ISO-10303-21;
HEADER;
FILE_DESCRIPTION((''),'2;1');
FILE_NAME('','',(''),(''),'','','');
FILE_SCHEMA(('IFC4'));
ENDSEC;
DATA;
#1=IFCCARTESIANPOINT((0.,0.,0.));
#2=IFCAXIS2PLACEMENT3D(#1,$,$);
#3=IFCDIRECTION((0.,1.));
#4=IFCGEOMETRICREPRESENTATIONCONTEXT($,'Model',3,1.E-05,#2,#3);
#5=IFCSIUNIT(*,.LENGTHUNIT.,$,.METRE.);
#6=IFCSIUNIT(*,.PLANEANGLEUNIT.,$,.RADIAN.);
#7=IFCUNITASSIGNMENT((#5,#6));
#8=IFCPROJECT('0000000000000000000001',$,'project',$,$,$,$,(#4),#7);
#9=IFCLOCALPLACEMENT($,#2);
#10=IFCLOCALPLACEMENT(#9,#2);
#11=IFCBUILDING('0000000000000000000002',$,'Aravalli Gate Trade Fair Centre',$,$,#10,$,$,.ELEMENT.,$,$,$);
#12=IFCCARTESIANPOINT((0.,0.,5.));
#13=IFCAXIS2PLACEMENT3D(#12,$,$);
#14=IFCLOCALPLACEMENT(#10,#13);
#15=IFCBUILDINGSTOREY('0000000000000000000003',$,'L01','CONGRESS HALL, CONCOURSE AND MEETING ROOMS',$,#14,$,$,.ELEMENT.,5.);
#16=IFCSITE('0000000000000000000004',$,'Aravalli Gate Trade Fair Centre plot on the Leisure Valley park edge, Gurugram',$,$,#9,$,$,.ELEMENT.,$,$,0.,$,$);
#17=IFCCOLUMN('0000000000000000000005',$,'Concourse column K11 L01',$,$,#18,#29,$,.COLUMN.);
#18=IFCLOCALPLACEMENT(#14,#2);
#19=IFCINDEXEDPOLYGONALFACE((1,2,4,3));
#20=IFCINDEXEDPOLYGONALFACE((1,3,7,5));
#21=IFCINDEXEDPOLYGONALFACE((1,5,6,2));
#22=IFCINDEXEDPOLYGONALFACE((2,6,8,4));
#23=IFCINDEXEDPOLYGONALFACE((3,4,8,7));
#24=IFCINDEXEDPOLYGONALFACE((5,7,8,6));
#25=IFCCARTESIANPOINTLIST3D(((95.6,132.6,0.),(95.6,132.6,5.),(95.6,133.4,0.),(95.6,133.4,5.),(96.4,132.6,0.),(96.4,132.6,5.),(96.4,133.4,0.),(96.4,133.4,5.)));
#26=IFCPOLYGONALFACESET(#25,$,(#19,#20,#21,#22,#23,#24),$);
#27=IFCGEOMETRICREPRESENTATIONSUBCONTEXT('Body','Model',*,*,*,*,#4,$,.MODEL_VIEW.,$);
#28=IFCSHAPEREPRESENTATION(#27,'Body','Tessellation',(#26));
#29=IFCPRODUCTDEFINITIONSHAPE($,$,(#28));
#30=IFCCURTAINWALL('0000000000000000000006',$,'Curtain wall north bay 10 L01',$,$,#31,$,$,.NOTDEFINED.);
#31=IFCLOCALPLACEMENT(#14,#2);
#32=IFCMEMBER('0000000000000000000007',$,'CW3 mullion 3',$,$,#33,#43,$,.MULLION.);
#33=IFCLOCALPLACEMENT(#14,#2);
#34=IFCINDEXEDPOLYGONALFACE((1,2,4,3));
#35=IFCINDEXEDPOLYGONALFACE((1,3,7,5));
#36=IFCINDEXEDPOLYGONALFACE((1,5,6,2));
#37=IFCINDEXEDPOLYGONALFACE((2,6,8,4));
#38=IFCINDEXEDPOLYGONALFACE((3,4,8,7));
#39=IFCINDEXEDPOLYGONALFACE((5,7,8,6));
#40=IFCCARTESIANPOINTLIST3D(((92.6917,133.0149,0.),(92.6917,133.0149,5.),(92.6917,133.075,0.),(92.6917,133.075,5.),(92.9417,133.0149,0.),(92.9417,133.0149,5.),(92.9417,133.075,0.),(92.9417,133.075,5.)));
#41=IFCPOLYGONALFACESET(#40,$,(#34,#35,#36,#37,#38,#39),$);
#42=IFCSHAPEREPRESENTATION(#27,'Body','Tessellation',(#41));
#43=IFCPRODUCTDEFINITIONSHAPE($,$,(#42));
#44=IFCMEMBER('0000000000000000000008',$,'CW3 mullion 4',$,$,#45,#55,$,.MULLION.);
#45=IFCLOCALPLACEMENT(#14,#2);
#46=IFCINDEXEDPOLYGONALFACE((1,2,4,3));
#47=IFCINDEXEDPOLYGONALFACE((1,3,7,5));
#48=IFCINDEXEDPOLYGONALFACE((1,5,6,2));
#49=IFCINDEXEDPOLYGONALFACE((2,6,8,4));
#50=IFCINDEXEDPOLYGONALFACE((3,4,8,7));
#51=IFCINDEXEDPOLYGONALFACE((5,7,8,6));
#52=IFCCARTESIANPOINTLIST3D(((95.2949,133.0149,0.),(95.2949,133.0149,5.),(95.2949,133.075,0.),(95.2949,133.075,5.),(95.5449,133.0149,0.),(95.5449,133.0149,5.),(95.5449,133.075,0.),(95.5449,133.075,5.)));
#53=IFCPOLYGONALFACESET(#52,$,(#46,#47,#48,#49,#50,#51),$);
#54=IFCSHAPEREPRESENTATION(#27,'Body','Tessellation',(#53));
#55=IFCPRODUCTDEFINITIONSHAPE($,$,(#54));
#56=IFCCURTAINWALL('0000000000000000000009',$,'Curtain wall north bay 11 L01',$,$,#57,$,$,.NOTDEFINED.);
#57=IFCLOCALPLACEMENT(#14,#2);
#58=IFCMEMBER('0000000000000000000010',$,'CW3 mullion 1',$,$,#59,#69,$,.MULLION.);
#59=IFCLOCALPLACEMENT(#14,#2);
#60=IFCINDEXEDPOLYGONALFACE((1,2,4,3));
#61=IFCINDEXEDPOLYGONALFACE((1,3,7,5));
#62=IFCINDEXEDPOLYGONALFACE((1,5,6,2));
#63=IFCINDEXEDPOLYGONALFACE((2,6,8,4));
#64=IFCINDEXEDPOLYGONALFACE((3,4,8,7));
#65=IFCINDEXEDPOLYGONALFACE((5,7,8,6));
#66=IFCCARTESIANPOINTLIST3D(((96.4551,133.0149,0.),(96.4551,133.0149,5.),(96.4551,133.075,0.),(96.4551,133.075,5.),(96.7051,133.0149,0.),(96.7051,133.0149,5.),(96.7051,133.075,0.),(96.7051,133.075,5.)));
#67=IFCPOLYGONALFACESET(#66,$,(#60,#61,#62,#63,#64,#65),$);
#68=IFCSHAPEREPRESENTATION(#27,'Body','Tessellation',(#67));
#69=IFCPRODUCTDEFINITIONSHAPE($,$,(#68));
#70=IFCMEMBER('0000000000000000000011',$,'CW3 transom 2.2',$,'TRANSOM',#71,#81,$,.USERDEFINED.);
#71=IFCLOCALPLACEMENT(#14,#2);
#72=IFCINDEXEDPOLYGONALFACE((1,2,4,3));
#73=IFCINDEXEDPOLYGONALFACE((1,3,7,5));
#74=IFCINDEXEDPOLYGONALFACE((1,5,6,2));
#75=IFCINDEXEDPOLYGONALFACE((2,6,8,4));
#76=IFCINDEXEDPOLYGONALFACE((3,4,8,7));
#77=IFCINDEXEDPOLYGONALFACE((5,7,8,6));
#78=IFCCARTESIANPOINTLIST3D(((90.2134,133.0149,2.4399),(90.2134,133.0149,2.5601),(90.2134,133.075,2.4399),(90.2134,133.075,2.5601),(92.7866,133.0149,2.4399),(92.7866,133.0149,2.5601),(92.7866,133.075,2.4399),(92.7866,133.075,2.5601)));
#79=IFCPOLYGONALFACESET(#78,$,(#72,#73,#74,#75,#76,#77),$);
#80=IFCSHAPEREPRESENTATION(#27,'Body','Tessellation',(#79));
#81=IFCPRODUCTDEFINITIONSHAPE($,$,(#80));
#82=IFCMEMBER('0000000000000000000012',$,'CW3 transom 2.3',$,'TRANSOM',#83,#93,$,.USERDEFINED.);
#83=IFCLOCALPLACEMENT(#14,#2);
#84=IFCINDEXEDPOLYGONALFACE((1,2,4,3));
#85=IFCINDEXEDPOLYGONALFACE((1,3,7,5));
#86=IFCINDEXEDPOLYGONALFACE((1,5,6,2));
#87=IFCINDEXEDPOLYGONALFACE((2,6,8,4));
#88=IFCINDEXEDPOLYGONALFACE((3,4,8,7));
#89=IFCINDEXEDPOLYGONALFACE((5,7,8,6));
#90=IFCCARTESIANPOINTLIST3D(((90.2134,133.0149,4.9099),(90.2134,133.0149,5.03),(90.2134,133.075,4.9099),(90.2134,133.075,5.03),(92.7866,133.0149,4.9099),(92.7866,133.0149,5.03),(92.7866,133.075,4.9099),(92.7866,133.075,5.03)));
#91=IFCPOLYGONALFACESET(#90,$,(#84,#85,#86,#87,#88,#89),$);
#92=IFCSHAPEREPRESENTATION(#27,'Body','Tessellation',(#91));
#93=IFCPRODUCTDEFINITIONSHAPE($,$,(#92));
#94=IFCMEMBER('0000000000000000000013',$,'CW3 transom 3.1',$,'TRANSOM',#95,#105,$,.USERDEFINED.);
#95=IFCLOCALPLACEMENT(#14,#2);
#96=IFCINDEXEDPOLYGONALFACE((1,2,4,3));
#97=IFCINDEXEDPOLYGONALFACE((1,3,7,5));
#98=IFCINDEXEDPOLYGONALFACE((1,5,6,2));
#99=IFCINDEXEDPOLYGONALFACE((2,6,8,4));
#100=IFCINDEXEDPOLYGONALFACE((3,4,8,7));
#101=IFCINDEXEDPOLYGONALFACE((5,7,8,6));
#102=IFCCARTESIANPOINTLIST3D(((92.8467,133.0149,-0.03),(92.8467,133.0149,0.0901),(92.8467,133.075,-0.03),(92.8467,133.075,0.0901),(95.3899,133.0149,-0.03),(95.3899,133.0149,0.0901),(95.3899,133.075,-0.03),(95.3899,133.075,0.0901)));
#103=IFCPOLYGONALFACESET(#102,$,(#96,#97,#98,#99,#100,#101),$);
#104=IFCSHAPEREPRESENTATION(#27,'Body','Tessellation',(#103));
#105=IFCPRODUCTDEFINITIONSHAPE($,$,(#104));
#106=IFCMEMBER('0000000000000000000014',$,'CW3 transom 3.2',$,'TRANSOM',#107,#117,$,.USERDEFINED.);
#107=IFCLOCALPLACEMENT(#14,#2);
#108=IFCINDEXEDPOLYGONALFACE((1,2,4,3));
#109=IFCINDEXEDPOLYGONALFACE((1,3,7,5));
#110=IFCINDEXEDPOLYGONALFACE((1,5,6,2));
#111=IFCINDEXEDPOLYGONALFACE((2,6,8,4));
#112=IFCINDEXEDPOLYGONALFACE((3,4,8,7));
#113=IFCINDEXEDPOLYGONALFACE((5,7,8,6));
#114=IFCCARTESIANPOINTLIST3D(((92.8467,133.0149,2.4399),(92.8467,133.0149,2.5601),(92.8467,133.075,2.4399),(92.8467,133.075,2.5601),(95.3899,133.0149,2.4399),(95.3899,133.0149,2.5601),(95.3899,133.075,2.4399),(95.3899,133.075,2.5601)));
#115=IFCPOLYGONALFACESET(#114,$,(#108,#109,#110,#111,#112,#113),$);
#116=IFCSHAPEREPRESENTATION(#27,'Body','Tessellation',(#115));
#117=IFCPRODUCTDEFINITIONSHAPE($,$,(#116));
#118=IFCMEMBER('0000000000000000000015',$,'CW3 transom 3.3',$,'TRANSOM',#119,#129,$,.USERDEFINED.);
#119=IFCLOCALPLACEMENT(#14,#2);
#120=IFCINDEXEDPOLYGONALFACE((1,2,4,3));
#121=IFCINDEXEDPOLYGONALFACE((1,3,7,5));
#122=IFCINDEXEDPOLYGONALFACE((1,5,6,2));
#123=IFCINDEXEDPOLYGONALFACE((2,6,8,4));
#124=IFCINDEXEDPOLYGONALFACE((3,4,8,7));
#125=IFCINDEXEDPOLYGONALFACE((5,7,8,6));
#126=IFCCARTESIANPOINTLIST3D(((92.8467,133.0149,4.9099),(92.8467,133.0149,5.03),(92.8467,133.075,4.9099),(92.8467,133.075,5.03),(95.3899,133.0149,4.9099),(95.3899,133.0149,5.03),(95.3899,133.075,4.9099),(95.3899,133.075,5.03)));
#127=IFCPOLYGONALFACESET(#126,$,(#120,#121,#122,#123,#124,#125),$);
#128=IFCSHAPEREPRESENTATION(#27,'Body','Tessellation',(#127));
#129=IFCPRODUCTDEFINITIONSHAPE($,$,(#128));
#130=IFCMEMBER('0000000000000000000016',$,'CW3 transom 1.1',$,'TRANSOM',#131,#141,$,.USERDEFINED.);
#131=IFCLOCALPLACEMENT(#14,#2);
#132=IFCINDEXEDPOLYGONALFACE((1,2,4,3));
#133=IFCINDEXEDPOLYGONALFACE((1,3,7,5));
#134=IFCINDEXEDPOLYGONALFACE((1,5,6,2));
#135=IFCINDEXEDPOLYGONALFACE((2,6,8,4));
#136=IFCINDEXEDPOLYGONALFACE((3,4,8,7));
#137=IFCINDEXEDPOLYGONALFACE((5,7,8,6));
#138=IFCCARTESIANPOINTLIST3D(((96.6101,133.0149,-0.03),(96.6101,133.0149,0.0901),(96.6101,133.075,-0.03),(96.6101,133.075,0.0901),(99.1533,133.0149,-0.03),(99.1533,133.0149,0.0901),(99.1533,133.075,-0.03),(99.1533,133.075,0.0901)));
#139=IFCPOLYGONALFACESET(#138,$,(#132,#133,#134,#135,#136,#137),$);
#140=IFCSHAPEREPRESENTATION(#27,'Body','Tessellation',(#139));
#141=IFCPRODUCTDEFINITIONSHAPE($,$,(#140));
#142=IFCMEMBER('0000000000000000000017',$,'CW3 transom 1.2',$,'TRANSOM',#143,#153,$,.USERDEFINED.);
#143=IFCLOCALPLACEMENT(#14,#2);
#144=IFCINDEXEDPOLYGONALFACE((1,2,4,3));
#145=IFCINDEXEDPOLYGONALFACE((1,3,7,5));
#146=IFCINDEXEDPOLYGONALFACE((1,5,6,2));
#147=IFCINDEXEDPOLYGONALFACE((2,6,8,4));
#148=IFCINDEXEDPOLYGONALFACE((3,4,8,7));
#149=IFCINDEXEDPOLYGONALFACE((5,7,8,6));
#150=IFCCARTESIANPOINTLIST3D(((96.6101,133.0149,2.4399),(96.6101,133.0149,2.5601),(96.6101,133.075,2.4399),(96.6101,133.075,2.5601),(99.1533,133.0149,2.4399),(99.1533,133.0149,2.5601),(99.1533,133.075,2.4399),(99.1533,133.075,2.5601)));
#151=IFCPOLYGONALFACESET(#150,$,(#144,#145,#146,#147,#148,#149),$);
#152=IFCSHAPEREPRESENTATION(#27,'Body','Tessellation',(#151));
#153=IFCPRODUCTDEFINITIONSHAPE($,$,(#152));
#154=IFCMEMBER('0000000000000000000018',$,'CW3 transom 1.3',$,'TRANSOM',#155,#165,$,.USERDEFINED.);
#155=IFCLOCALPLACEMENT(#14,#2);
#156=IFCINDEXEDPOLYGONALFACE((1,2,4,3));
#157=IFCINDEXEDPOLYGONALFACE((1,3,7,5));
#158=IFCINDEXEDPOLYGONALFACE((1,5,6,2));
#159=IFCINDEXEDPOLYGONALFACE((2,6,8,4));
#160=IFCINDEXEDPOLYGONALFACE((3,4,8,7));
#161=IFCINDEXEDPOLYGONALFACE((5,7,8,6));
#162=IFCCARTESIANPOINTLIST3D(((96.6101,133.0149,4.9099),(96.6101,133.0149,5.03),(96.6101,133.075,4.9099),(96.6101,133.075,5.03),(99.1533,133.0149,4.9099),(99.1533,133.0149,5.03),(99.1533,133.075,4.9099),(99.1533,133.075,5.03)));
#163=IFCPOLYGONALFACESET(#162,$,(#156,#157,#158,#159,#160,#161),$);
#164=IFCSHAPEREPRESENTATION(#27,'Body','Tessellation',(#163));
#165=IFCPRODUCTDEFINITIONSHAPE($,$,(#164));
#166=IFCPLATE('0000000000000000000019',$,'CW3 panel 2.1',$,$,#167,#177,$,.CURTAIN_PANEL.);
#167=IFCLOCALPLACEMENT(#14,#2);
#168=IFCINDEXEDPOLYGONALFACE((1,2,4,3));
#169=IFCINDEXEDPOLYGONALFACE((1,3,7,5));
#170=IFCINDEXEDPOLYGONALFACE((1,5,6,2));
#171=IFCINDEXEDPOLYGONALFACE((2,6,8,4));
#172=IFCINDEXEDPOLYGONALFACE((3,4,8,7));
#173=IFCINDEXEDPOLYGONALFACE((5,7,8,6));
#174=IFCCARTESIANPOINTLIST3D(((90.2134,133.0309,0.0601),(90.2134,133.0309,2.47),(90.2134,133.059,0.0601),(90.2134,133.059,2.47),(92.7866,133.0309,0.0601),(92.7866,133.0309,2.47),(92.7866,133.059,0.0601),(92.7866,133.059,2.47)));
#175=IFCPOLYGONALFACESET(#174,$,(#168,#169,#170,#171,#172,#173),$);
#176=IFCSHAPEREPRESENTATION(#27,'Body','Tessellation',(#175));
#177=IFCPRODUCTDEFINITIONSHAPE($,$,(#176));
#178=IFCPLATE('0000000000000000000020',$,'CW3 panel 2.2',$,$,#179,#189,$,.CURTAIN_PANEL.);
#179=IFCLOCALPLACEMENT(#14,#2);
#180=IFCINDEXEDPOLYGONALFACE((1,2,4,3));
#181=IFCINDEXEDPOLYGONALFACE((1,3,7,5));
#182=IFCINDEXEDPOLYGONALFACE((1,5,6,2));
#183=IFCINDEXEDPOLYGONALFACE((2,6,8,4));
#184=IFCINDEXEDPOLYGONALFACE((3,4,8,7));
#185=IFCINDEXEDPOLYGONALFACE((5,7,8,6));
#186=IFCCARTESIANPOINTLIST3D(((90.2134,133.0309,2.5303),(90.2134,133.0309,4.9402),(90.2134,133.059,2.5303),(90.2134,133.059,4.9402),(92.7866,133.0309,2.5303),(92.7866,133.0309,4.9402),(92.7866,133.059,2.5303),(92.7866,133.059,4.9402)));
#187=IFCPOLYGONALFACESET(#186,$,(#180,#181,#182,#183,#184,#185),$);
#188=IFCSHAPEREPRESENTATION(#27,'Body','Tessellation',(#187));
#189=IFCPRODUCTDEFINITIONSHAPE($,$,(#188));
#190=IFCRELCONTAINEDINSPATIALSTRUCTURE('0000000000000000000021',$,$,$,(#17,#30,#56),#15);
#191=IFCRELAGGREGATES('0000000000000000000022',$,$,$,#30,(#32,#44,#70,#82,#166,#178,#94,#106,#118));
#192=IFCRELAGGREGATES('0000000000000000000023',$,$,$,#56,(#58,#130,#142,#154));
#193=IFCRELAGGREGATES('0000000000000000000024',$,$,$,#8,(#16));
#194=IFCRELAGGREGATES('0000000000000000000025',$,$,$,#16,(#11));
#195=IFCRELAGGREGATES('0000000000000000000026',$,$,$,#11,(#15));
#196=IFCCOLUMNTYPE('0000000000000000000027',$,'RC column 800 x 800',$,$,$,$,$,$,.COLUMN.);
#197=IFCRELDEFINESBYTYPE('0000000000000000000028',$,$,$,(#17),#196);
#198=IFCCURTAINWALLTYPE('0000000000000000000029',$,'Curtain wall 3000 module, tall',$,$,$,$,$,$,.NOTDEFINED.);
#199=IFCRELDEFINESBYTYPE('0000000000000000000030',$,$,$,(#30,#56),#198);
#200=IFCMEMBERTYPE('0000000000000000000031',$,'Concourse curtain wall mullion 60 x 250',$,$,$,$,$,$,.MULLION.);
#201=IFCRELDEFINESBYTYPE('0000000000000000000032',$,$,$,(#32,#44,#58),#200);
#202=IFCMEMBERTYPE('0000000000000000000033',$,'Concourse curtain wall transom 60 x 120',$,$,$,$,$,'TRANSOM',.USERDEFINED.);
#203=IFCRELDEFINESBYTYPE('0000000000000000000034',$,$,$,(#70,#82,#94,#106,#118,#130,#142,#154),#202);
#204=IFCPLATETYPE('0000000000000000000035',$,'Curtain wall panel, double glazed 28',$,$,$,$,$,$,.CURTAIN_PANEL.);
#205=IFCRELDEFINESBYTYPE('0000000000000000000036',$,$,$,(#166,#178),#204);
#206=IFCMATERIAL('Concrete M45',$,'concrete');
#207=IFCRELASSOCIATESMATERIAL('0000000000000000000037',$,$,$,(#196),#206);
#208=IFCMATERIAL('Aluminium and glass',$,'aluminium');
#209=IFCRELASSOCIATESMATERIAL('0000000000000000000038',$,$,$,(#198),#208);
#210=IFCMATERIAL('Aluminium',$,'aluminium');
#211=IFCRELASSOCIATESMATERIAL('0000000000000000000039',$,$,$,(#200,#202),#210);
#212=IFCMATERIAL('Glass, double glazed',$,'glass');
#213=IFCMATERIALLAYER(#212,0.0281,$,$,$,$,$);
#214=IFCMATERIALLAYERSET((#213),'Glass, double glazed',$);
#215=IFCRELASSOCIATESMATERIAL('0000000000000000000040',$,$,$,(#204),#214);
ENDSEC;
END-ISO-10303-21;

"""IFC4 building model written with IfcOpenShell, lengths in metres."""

from ifc_helpers import new_model, si_unit, direction, frame, origin, origin_2d, place, context, subcontext, project, spatial, rectangle, extrude, material, layer, layer_set, material_profile, profile_set, type_object, element, aggregate, save


model = new_model("IFC4")

# Units and contexts
model_context = context("Model", 3, precision=1e-05, world=origin(), true_north=direction((0.0, 1.0)))
body_context = subcontext(model_context, "Body", "Model", "MODEL_VIEW")
ifc_project = project(units=[si_unit("LENGTHUNIT", "METRE"), si_unit("PLANEANGLEUNIT", "RADIAN")], contexts=[model_context])

# Site, building, storey
site_placement = place(None, origin())
site = spatial("IfcSite", under=ifc_project, at=site_placement, Name="Aravalli Gate Trade Fair Centre plot on the Leisure Valley park edge, Gurugram", CompositionType="ELEMENT", RefElevation=0.0)
building_placement = place(site_placement, origin())
building = spatial("IfcBuilding", under=site, at=building_placement, Name="Aravalli Gate Trade Fair Centre", CompositionType="ELEMENT")
storey_placement = place(building_placement, frame((0.0, 0.0, 5.0)))
storey = spatial("IfcBuildingStorey", under=building, at=storey_placement, Name="L01", Description="CONGRESS HALL, CONCOURSE AND MEETING ROOMS", CompositionType="ELEMENT", Elevation=5.0)

# Column
ifc_material_1 = material(Name="Concrete M45", Category="concrete")
ifc_material_profile_1 = material_profile(ifc_material_1, rectangle(XDim=0.8, YDim=0.8, at=origin_2d()), Name="RC column 800 x 800")
ifc_profile_set_1 = profile_set([ifc_material_profile_1], Name="Concrete M45")
column_type = type_object("IfcColumnType", Name="RC column 800 x 800", PredefinedType="COLUMN", material=ifc_profile_set_1)
column_placement = place(storey_placement, frame((96.0, 133.0, 0.0), z_axis=(0.0, 0.0, 1.0), x_axis=(1.0, 0.0, 0.0)))
element("IfcColumn", 1, at=column_placement, inside=storey, type_object=column_type, Name="Concourse column K11 L01", PredefinedType="COLUMN", context=body_context, shape_type="SweptSolid", body=[
    extrude(rectangle(XDim=0.8, YDim=0.8, at=origin_2d()), origin(), (0.0, 0.0, 1.0), 5.0),
])

# Curtain wall, members
ifc_material_2 = material(Name="Aluminium and glass", Category="aluminium")
curtain_wall_type = type_object("IfcCurtainWallType", Name="Curtain wall 3000 module, tall", PredefinedType="NOTDEFINED", material=ifc_material_2)
curtain_wall_1_placement = place(storey_placement, origin())
curtain_wall_1 = element("IfcCurtainWall", 2, at=curtain_wall_1_placement, inside=storey, type_object=curtain_wall_type, Name="Curtain wall north bay 10 L01", PredefinedType="NOTDEFINED")
ifc_material_3 = material(Name="Aluminium", Category="aluminium")
ifc_material_profile_2 = material_profile(ifc_material_3, rectangle(XDim=0.0601, YDim=0.25, at=origin_2d()), Name="Concourse curtain wall mullion 60 x 250")
ifc_profile_set_2 = profile_set([ifc_material_profile_2], Name="Aluminium")
member_type_1 = type_object("IfcMemberType", Name="Concourse curtain wall mullion 60 x 250", PredefinedType="MULLION", material=ifc_profile_set_2)
member_1_placement = place(storey_placement, frame((92.8167, 133.0449, 0.0), z_axis=(0.0, 0.0, 1.0), x_axis=(0.0, 1.0, 0.0)))
member_1 = element("IfcMember", 3, at=member_1_placement, type_object=member_type_1, Name="CW3 mullion 3", PredefinedType="MULLION", context=body_context, shape_type="SweptSolid", body=[
    extrude(rectangle(XDim=0.0601, YDim=0.25, at=origin_2d()), origin(), (0.0, 0.0, 1.0), 5.0),
])
member_2_placement = place(storey_placement, frame((95.4199, 133.0449, 0.0), z_axis=(0.0, 0.0, 1.0), x_axis=(0.0, 1.0, 0.0)))
member_2 = element("IfcMember", 4, at=member_2_placement, type_object=member_type_1, Name="CW3 mullion 4", PredefinedType="MULLION", context=body_context, shape_type="SweptSolid", body=[
    extrude(rectangle(XDim=0.0601, YDim=0.25, at=origin_2d()), origin(), (0.0, 0.0, 1.0), 5.0),
])

# Curtain wall, member
curtain_wall_2_placement = place(storey_placement, origin())
curtain_wall_2 = element("IfcCurtainWall", 5, at=curtain_wall_2_placement, inside=storey, type_object=curtain_wall_type, Name="Curtain wall north bay 11 L01", PredefinedType="NOTDEFINED")
member_3_placement = place(storey_placement, frame((96.5801, 133.0449, 0.0), z_axis=(0.0, 0.0, 1.0), x_axis=(0.0, 1.0, 0.0)))
member_3 = element("IfcMember", 6, at=member_3_placement, type_object=member_type_1, Name="CW3 mullion 1", PredefinedType="MULLION", context=body_context, shape_type="SweptSolid", body=[
    extrude(rectangle(XDim=0.0601, YDim=0.25, at=origin_2d()), origin(), (0.0, 0.0, 1.0), 5.0),
])

# Members
ifc_material_profile_3 = material_profile(ifc_material_3, rectangle(XDim=0.0601, YDim=0.1201, at=origin_2d()), Name="Concourse curtain wall transom 60 x 120")
ifc_profile_set_3 = profile_set([ifc_material_profile_3], Name="Aluminium")
member_type_2 = type_object("IfcMemberType", Name="Concourse curtain wall transom 60 x 120", ElementType="TRANSOM", PredefinedType="USERDEFINED", material=ifc_profile_set_3)
member_4_placement = place(storey_placement, frame((90.2134, 133.0449, 2.5), z_axis=(1.0, 0.0, 0.0), x_axis=(0.0, 1.0, 0.0)))
member_4 = element("IfcMember", 7, at=member_4_placement, type_object=member_type_2, Name="CW3 transom 2.2", ObjectType="TRANSOM", PredefinedType="USERDEFINED", context=body_context, shape_type="SweptSolid", body=[
    extrude(rectangle(XDim=0.0601, YDim=0.1201, at=origin_2d()), origin(), (0.0, 0.0, 1.0), 2.5732),
])
member_5_placement = place(storey_placement, frame((90.2134, 133.0449, 4.97), z_axis=(1.0, 0.0, 0.0), x_axis=(0.0, 1.0, 0.0)))
member_5 = element("IfcMember", 8, at=member_5_placement, type_object=member_type_2, Name="CW3 transom 2.3", ObjectType="TRANSOM", PredefinedType="USERDEFINED", context=body_context, shape_type="SweptSolid", body=[
    extrude(rectangle(XDim=0.0601, YDim=0.1201, at=origin_2d()), origin(), (0.0, 0.0, 1.0), 2.5732),
])
member_6_placement = place(storey_placement, frame((92.8467, 133.0449, 0.03), z_axis=(1.0, 0.0, 0.0), x_axis=(0.0, 1.0, 0.0)))
member_6 = element("IfcMember", 9, at=member_6_placement, type_object=member_type_2, Name="CW3 transom 3.1", ObjectType="TRANSOM", PredefinedType="USERDEFINED", context=body_context, shape_type="SweptSolid", body=[
    extrude(rectangle(XDim=0.0601, YDim=0.1201, at=origin_2d()), origin(), (0.0, 0.0, 1.0), 2.5432),
])
member_7_placement = place(storey_placement, frame((92.8467, 133.0449, 2.5), z_axis=(1.0, 0.0, 0.0), x_axis=(0.0, 1.0, 0.0)))
member_7 = element("IfcMember", 10, at=member_7_placement, type_object=member_type_2, Name="CW3 transom 3.2", ObjectType="TRANSOM", PredefinedType="USERDEFINED", context=body_context, shape_type="SweptSolid", body=[
    extrude(rectangle(XDim=0.0601, YDim=0.1201, at=origin_2d()), origin(), (0.0, 0.0, 1.0), 2.5432),
])
member_8_placement = place(storey_placement, frame((92.8467, 133.0449, 4.97), z_axis=(1.0, 0.0, 0.0), x_axis=(0.0, 1.0, 0.0)))
member_8 = element("IfcMember", 11, at=member_8_placement, type_object=member_type_2, Name="CW3 transom 3.3", ObjectType="TRANSOM", PredefinedType="USERDEFINED", context=body_context, shape_type="SweptSolid", body=[
    extrude(rectangle(XDim=0.0601, YDim=0.1201, at=origin_2d()), origin(), (0.0, 0.0, 1.0), 2.5432),
])
member_9_placement = place(storey_placement, frame((96.6101, 133.0449, 0.03), z_axis=(1.0, 0.0, 0.0), x_axis=(0.0, 1.0, 0.0)))
member_9 = element("IfcMember", 12, at=member_9_placement, type_object=member_type_2, Name="CW3 transom 1.1", ObjectType="TRANSOM", PredefinedType="USERDEFINED", context=body_context, shape_type="SweptSolid", body=[
    extrude(rectangle(XDim=0.0601, YDim=0.1201, at=origin_2d()), origin(), (0.0, 0.0, 1.0), 2.5432),
])
member_10_placement = place(storey_placement, frame((96.6101, 133.0449, 2.5), z_axis=(1.0, 0.0, 0.0), x_axis=(0.0, 1.0, 0.0)))
member_10 = element("IfcMember", 13, at=member_10_placement, type_object=member_type_2, Name="CW3 transom 1.2", ObjectType="TRANSOM", PredefinedType="USERDEFINED", context=body_context, shape_type="SweptSolid", body=[
    extrude(rectangle(XDim=0.0601, YDim=0.1201, at=origin_2d()), origin(), (0.0, 0.0, 1.0), 2.5432),
])
member_11_placement = place(storey_placement, frame((96.6101, 133.0449, 4.97), z_axis=(1.0, 0.0, 0.0), x_axis=(0.0, 1.0, 0.0)))
member_11 = element("IfcMember", 14, at=member_11_placement, type_object=member_type_2, Name="CW3 transom 1.3", ObjectType="TRANSOM", PredefinedType="USERDEFINED", context=body_context, shape_type="SweptSolid", body=[
    extrude(rectangle(XDim=0.0601, YDim=0.1201, at=origin_2d()), origin(), (0.0, 0.0, 1.0), 2.5432),
])

# Plates
ifc_material_4 = material(Name="Glass, double glazed", Category="glass")
ifc_layer = layer(ifc_material_4, 0.0281)
ifc_layer_set = layer_set([ifc_layer], Name="Glass, double glazed")
plate_type = type_object("IfcPlateType", Name="Curtain wall panel, double glazed 28", PredefinedType="CURTAIN_PANEL", material=ifc_layer_set)
plate_1_placement = place(storey_placement, frame((91.5, 133.0449, 0.0601), z_axis=(0.0, 0.0, 1.0), x_axis=(1.0, 0.0, 0.0)))
plate_1 = element("IfcPlate", 15, at=plate_1_placement, type_object=plate_type, Name="CW3 panel 2.1", PredefinedType="CURTAIN_PANEL", context=body_context, shape_type="SweptSolid", body=[
    extrude(rectangle(XDim=2.5732, YDim=0.0281, at=origin_2d()), origin(), (0.0, 0.0, 1.0), 2.4099),
])
plate_2_placement = place(storey_placement, frame((91.5, 133.0449, 2.5303), z_axis=(0.0, 0.0, 1.0), x_axis=(1.0, 0.0, 0.0)))
plate_2 = element("IfcPlate", 16, at=plate_2_placement, type_object=plate_type, Name="CW3 panel 2.2", PredefinedType="CURTAIN_PANEL", context=body_context, shape_type="SweptSolid", body=[
    extrude(rectangle(XDim=2.5732, YDim=0.0281, at=origin_2d()), origin(), (0.0, 0.0, 1.0), 2.4099),
])
aggregate(curtain_wall_1, [member_1, member_2, member_4, member_5, plate_1, plate_2, member_6, member_7, member_8])
aggregate(curtain_wall_2, [member_3, member_9, member_10, member_11])

save(model, "model.ifc")
